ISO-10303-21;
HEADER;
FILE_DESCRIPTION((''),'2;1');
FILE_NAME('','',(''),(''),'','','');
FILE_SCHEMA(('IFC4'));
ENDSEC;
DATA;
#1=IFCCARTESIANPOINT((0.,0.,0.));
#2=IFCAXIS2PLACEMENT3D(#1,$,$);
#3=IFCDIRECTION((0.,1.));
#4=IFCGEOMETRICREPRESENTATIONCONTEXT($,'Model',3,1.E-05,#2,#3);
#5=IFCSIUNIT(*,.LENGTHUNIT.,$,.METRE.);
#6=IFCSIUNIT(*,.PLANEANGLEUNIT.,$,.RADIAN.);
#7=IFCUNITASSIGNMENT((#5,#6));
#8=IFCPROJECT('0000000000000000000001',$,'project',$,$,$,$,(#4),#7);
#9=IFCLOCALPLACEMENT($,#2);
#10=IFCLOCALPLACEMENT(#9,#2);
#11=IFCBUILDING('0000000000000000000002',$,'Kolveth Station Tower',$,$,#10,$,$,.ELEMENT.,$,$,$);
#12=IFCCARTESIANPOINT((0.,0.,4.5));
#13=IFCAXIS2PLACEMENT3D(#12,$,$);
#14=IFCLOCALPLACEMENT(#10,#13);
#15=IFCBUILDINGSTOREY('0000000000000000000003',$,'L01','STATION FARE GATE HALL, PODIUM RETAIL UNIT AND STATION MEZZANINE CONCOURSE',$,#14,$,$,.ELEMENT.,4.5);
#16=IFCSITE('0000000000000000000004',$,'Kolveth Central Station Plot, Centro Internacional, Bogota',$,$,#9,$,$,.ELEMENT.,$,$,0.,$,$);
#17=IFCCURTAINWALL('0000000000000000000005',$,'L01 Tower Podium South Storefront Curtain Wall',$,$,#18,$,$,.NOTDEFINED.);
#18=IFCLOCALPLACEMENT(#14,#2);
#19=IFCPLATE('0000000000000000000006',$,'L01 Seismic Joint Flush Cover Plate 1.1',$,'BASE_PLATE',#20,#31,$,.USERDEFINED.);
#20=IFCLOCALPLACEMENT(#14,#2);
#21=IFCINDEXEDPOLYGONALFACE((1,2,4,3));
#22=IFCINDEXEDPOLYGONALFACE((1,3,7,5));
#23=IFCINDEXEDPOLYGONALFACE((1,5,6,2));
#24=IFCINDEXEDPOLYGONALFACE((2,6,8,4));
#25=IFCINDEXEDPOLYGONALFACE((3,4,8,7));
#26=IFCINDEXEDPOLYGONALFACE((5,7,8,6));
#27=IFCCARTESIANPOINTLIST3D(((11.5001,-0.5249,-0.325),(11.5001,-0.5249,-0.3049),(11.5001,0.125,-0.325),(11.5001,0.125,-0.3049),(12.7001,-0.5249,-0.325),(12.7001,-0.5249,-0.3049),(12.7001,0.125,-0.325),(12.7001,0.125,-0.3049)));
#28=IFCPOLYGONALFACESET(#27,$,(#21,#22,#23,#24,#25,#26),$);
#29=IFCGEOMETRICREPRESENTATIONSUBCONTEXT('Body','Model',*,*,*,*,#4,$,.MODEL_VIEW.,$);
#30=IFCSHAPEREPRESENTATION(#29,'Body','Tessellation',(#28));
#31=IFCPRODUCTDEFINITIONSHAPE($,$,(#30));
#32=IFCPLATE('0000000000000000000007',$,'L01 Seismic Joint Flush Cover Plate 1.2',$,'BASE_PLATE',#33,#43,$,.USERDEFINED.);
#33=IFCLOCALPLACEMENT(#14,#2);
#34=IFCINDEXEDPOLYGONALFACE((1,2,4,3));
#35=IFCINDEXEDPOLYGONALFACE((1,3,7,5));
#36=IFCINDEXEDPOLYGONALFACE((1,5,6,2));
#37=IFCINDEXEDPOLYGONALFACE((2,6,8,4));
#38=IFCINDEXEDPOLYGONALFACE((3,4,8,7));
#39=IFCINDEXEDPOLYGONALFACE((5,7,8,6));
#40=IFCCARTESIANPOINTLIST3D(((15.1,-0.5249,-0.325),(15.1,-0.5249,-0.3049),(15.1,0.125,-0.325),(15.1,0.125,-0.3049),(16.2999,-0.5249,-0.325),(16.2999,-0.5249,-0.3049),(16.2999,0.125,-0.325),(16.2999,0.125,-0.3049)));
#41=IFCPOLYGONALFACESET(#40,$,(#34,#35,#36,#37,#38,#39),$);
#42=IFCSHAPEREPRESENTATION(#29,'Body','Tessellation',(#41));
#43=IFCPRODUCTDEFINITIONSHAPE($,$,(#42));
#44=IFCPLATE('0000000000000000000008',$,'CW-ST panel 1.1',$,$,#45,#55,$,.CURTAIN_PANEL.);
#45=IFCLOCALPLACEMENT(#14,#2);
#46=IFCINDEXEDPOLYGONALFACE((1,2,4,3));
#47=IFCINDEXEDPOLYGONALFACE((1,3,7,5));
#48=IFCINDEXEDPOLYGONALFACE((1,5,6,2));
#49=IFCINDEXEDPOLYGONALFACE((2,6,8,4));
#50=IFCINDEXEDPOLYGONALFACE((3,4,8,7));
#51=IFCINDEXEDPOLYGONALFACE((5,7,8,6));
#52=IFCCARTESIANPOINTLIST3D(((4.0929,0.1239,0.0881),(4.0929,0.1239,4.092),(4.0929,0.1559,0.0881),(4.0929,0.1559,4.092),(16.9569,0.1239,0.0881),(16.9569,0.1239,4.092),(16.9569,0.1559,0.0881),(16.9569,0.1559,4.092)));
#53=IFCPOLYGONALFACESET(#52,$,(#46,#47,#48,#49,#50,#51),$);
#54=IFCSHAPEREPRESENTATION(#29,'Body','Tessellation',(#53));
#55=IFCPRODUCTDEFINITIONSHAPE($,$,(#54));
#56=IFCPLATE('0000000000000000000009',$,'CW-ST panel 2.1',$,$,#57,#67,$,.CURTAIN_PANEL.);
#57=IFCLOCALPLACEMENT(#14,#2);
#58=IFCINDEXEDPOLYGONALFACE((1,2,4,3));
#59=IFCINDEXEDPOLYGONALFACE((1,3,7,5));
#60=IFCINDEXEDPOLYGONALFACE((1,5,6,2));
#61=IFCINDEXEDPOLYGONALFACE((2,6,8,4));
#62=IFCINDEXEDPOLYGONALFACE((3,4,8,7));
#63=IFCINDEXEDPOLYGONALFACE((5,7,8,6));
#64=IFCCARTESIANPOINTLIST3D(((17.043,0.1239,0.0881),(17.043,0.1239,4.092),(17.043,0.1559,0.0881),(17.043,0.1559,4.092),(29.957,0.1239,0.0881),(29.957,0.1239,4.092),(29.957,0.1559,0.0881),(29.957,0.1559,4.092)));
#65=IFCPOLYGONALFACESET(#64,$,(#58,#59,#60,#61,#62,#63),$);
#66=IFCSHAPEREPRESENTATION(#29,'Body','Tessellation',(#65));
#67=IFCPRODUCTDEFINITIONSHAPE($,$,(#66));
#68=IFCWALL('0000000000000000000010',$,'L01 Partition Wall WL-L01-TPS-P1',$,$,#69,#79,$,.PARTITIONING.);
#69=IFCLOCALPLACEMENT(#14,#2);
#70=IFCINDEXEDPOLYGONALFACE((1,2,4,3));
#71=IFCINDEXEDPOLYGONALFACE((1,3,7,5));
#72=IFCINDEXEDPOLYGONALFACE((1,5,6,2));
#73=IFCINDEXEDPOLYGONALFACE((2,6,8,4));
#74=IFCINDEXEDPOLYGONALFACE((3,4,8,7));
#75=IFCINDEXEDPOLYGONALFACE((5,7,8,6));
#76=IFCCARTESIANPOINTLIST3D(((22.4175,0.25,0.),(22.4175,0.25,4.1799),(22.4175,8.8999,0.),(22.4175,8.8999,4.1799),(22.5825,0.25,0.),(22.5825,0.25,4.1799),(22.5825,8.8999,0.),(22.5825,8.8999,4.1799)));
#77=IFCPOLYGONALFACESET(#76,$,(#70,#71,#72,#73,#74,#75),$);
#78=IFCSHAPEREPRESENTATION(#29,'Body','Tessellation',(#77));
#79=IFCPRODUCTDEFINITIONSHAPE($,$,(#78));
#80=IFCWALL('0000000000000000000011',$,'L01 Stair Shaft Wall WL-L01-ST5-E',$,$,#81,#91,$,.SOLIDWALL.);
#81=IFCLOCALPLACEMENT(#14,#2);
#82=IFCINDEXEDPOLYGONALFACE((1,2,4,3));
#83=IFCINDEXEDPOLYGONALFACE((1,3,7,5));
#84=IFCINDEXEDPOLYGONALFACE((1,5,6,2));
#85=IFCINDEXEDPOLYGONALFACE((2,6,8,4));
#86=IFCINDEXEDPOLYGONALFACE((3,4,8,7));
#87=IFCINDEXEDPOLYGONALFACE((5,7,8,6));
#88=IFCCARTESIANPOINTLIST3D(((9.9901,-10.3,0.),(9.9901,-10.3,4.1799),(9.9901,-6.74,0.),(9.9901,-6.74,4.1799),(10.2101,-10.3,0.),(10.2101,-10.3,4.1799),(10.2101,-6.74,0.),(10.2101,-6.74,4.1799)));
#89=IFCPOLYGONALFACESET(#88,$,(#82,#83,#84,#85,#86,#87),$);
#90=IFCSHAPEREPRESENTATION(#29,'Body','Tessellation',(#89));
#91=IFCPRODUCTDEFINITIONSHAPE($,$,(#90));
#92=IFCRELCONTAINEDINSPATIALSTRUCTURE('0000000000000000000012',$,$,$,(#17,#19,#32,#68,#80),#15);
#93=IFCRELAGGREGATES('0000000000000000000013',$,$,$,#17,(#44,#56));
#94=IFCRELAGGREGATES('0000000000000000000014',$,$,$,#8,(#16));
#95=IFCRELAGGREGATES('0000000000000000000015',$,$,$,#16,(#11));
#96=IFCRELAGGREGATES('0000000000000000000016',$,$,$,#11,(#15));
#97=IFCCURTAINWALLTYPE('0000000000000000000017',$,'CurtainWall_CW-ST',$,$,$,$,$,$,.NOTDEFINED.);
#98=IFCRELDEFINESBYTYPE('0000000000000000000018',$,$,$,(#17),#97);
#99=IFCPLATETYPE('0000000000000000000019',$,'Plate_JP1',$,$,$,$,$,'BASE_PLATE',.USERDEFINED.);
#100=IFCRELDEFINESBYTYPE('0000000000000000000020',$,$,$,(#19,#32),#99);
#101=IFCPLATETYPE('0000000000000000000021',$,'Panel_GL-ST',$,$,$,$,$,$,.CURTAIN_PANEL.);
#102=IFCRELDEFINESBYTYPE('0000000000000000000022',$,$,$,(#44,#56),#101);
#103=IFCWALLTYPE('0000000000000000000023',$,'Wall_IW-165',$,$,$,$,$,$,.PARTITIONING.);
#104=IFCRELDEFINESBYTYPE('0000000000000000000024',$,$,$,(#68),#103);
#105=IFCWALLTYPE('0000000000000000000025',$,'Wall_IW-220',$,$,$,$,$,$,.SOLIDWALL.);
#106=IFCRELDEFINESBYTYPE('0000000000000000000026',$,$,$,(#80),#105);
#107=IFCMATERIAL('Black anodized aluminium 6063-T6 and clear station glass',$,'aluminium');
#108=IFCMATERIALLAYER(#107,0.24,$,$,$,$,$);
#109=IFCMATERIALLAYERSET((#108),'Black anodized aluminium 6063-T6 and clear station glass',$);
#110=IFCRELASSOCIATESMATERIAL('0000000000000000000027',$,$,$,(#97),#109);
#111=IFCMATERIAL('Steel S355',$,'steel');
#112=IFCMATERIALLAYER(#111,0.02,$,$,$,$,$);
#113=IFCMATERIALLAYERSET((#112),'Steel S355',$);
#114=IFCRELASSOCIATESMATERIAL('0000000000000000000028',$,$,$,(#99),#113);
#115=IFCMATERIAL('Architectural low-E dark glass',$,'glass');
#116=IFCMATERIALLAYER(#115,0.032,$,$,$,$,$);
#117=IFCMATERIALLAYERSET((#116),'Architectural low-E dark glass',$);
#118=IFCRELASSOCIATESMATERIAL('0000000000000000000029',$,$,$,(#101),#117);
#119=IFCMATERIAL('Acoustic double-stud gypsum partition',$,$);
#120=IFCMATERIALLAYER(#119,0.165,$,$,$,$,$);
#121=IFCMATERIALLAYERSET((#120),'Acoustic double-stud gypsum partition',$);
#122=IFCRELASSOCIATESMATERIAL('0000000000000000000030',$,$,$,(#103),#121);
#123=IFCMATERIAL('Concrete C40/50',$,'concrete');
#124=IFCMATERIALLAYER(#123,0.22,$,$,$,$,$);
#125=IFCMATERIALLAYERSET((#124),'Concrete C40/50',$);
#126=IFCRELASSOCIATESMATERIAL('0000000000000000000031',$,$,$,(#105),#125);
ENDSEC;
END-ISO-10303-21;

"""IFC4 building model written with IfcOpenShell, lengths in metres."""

from ifc_helpers import new_model, si_unit, direction, frame, frame_2d, origin, origin_2d, place, context, subcontext, project, spatial, rectangle, extrude, source, transform, mapped, material, layer, layer_set, type_object, element, aggregate, save


model = new_model("IFC4")

# Units and contexts
model_context = context("Model", 3, precision=1e-05, world=origin(), true_north=direction((0.0, 1.0)))
body_context = subcontext(model_context, "Body", "Model", "MODEL_VIEW")
ifc_project = project(units=[si_unit("LENGTHUNIT", "METRE"), si_unit("PLANEANGLEUNIT", "RADIAN")], contexts=[model_context])

# Site, building, storey
site_placement = place(None, origin())
site = spatial("IfcSite", under=ifc_project, at=site_placement, Name="Kolveth Central Station Plot, Centro Internacional, Bogota", CompositionType="ELEMENT", RefElevation=0.0)
building_placement = place(site_placement, origin())
building = spatial("IfcBuilding", under=site, at=building_placement, Name="Kolveth Station Tower", CompositionType="ELEMENT")
storey_placement = place(building_placement, frame((0.0, 0.0, 4.5)))
storey = spatial("IfcBuildingStorey", under=building, at=storey_placement, Name="L01", Description="STATION FARE GATE HALL, PODIUM RETAIL UNIT AND STATION MEZZANINE CONCOURSE", CompositionType="ELEMENT", Elevation=4.5)

# Shared definitions
ifc_material_1 = material(Name="Steel S355", Category="steel")

# Curtain wall
ifc_material_2 = material(Name="Black anodized aluminium 6063-T6 and clear station glass", Category="aluminium")
ifc_layer_1 = layer(ifc_material_2, 0.24)
ifc_layer_set_1 = layer_set([ifc_layer_1], Name="Black anodized aluminium 6063-T6 and clear station glass")
curtain_wall_type = type_object("IfcCurtainWallType", Name="CurtainWall_CW-ST", PredefinedType="NOTDEFINED", material=ifc_layer_set_1)
curtain_wall_1_placement = place(storey_placement, origin())
curtain_wall_1 = element("IfcCurtainWall", 1, at=curtain_wall_1_placement, inside=storey, type_object=curtain_wall_type, Name="L01 Tower Podium South Storefront Curtain Wall", PredefinedType="NOTDEFINED")

# Plates
ifc_layer_2 = layer(ifc_material_1, 0.02)
ifc_layer_set_2 = layer_set([ifc_layer_2], Name="Steel S355")
plate_type_1 = type_object("IfcPlateType", Name="Plate_JP1", ElementType="BASE_PLATE", PredefinedType="USERDEFINED", material=ifc_layer_set_2)
shared_shape_1 = source(origin(), body_context, "Body", "SweptSolid", [
    extrude(rectangle(XDim=1.2, YDim=0.6499, at=origin_2d()), origin(), (0.0, 0.0, 1.0), 0.02),
])
for number, where, z_axis, x_axis, name in (
    (2, (12.1001, -0.2, -0.325), (0.0, 0.0, 1.0), (1.0, 0.0, 0.0), "L01 Seismic Joint Flush Cover Plate 1.1"),
    (3, (15.7, -0.2, -0.325), (0.0, 0.0, 1.0), (1.0, 0.0, 0.0), "L01 Seismic Joint Flush Cover Plate 1.2"),
):
    element("IfcPlate", number, at=place(storey_placement, frame(where, z_axis=z_axis, x_axis=x_axis)), inside=storey, type_object=plate_type_1, Name=name, ObjectType="BASE_PLATE", PredefinedType="USERDEFINED", context=body_context, shape_type="MappedRepresentation", body=[
        mapped(shared_shape_1, transform((0.0, 0.0, 0.0), x_axis=(1.0, 0.0, 0.0), y_axis=(0.0, 1.0, 0.0), z_axis=(0.0, 0.0, 1.0), scale=1.0)),
    ])

# Plates
ifc_material_3 = material(Name="Architectural low-E dark glass", Category="glass")
ifc_layer_3 = layer(ifc_material_3, 0.032)
ifc_layer_set_3 = layer_set([ifc_layer_3], Name="Architectural low-E dark glass")
plate_type_2 = type_object("IfcPlateType", Name="Panel_GL-ST", PredefinedType="CURTAIN_PANEL", material=ifc_layer_set_3)
shared_shape_2 = source(origin(), body_context, "Body", "SweptSolid", [
    extrude(rectangle(XDim=12.864, YDim=0.032, at=origin_2d()), origin(), (0.0, 0.0, 1.0), 4.0039),
])
plate_1_placement = place(storey_placement, frame((10.5249, 0.1399, 0.0881), z_axis=(0.0, 0.0, 1.0), x_axis=(1.0, 0.0, 0.0)))
plate_1 = element("IfcPlate", 4, at=plate_1_placement, type_object=plate_type_2, Name="CW-ST panel 1.1", PredefinedType="CURTAIN_PANEL", context=body_context, shape_type="MappedRepresentation", body=[
    mapped(shared_shape_2, transform((0.0, 0.0, 0.0), x_axis=(1.0, 0.0, 0.0), y_axis=(0.0, 1.0, 0.0), z_axis=(0.0, 0.0, 1.0), scale=1.0)),
])
shared_shape_3 = source(origin(), body_context, "Body", "SweptSolid", [
    extrude(rectangle(XDim=12.9141, YDim=0.032, at=origin_2d()), origin(), (0.0, 0.0, 1.0), 4.0039),
])
plate_2_placement = place(storey_placement, frame((23.5, 0.1399, 0.0881), z_axis=(0.0, 0.0, 1.0), x_axis=(1.0, 0.0, 0.0)))
plate_2 = element("IfcPlate", 5, at=plate_2_placement, type_object=plate_type_2, Name="CW-ST panel 2.1", PredefinedType="CURTAIN_PANEL", context=body_context, shape_type="MappedRepresentation", body=[
    mapped(shared_shape_3, transform((0.0, 0.0, 0.0), x_axis=(1.0, 0.0, 0.0), y_axis=(0.0, 1.0, 0.0), z_axis=(0.0, 0.0, 1.0), scale=1.0)),
])
aggregate(curtain_wall_1, [plate_1, plate_2])

# Walls
ifc_material_4 = material(Name="Acoustic double-stud gypsum partition")
ifc_layer_4 = layer(ifc_material_4, 0.165)
ifc_layer_set_4 = layer_set([ifc_layer_4], Name="Acoustic double-stud gypsum partition")
wall_type_1 = type_object("IfcWallType", Name="Wall_IW-165", PredefinedType="PARTITIONING", material=ifc_layer_set_4)
wall_1_placement = place(storey_placement, frame((22.5, 0.25, 0.0), z_axis=(0.0, 0.0, 1.0), x_axis=(0.0, 1.0, 0.0)))
element("IfcWall", 6, at=wall_1_placement, inside=storey, type_object=wall_type_1, Name="L01 Partition Wall WL-L01-TPS-P1", PredefinedType="PARTITIONING", context=body_context, shape_type="SweptSolid", body=[
    extrude(rectangle(XDim=8.6499, YDim=0.165, at=frame_2d((4.325, 0.0))), origin(), (0.0, 0.0, 1.0), 4.1799),
])
ifc_material_5 = material(Name="Concrete C40/50", Category="concrete")
ifc_layer_5 = layer(ifc_material_5, 0.22)
ifc_layer_set_5 = layer_set([ifc_layer_5], Name="Concrete C40/50")
wall_type_2 = type_object("IfcWallType", Name="Wall_IW-220", PredefinedType="SOLIDWALL", material=ifc_layer_set_5)
wall_2_placement = place(storey_placement, frame((10.1001, -10.3, 0.0), z_axis=(0.0, 0.0, 1.0), x_axis=(0.0, 1.0, 0.0)))
element("IfcWall", 7, at=wall_2_placement, inside=storey, type_object=wall_type_2, Name="L01 Stair Shaft Wall WL-L01-ST5-E", PredefinedType="SOLIDWALL", context=body_context, shape_type="SweptSolid", body=[
    extrude(rectangle(XDim=3.5601, YDim=0.22, at=frame_2d((1.78, 0.0))), origin(), (0.0, 0.0, 1.0), 4.1799),
])

save(model, "model.ifc")
